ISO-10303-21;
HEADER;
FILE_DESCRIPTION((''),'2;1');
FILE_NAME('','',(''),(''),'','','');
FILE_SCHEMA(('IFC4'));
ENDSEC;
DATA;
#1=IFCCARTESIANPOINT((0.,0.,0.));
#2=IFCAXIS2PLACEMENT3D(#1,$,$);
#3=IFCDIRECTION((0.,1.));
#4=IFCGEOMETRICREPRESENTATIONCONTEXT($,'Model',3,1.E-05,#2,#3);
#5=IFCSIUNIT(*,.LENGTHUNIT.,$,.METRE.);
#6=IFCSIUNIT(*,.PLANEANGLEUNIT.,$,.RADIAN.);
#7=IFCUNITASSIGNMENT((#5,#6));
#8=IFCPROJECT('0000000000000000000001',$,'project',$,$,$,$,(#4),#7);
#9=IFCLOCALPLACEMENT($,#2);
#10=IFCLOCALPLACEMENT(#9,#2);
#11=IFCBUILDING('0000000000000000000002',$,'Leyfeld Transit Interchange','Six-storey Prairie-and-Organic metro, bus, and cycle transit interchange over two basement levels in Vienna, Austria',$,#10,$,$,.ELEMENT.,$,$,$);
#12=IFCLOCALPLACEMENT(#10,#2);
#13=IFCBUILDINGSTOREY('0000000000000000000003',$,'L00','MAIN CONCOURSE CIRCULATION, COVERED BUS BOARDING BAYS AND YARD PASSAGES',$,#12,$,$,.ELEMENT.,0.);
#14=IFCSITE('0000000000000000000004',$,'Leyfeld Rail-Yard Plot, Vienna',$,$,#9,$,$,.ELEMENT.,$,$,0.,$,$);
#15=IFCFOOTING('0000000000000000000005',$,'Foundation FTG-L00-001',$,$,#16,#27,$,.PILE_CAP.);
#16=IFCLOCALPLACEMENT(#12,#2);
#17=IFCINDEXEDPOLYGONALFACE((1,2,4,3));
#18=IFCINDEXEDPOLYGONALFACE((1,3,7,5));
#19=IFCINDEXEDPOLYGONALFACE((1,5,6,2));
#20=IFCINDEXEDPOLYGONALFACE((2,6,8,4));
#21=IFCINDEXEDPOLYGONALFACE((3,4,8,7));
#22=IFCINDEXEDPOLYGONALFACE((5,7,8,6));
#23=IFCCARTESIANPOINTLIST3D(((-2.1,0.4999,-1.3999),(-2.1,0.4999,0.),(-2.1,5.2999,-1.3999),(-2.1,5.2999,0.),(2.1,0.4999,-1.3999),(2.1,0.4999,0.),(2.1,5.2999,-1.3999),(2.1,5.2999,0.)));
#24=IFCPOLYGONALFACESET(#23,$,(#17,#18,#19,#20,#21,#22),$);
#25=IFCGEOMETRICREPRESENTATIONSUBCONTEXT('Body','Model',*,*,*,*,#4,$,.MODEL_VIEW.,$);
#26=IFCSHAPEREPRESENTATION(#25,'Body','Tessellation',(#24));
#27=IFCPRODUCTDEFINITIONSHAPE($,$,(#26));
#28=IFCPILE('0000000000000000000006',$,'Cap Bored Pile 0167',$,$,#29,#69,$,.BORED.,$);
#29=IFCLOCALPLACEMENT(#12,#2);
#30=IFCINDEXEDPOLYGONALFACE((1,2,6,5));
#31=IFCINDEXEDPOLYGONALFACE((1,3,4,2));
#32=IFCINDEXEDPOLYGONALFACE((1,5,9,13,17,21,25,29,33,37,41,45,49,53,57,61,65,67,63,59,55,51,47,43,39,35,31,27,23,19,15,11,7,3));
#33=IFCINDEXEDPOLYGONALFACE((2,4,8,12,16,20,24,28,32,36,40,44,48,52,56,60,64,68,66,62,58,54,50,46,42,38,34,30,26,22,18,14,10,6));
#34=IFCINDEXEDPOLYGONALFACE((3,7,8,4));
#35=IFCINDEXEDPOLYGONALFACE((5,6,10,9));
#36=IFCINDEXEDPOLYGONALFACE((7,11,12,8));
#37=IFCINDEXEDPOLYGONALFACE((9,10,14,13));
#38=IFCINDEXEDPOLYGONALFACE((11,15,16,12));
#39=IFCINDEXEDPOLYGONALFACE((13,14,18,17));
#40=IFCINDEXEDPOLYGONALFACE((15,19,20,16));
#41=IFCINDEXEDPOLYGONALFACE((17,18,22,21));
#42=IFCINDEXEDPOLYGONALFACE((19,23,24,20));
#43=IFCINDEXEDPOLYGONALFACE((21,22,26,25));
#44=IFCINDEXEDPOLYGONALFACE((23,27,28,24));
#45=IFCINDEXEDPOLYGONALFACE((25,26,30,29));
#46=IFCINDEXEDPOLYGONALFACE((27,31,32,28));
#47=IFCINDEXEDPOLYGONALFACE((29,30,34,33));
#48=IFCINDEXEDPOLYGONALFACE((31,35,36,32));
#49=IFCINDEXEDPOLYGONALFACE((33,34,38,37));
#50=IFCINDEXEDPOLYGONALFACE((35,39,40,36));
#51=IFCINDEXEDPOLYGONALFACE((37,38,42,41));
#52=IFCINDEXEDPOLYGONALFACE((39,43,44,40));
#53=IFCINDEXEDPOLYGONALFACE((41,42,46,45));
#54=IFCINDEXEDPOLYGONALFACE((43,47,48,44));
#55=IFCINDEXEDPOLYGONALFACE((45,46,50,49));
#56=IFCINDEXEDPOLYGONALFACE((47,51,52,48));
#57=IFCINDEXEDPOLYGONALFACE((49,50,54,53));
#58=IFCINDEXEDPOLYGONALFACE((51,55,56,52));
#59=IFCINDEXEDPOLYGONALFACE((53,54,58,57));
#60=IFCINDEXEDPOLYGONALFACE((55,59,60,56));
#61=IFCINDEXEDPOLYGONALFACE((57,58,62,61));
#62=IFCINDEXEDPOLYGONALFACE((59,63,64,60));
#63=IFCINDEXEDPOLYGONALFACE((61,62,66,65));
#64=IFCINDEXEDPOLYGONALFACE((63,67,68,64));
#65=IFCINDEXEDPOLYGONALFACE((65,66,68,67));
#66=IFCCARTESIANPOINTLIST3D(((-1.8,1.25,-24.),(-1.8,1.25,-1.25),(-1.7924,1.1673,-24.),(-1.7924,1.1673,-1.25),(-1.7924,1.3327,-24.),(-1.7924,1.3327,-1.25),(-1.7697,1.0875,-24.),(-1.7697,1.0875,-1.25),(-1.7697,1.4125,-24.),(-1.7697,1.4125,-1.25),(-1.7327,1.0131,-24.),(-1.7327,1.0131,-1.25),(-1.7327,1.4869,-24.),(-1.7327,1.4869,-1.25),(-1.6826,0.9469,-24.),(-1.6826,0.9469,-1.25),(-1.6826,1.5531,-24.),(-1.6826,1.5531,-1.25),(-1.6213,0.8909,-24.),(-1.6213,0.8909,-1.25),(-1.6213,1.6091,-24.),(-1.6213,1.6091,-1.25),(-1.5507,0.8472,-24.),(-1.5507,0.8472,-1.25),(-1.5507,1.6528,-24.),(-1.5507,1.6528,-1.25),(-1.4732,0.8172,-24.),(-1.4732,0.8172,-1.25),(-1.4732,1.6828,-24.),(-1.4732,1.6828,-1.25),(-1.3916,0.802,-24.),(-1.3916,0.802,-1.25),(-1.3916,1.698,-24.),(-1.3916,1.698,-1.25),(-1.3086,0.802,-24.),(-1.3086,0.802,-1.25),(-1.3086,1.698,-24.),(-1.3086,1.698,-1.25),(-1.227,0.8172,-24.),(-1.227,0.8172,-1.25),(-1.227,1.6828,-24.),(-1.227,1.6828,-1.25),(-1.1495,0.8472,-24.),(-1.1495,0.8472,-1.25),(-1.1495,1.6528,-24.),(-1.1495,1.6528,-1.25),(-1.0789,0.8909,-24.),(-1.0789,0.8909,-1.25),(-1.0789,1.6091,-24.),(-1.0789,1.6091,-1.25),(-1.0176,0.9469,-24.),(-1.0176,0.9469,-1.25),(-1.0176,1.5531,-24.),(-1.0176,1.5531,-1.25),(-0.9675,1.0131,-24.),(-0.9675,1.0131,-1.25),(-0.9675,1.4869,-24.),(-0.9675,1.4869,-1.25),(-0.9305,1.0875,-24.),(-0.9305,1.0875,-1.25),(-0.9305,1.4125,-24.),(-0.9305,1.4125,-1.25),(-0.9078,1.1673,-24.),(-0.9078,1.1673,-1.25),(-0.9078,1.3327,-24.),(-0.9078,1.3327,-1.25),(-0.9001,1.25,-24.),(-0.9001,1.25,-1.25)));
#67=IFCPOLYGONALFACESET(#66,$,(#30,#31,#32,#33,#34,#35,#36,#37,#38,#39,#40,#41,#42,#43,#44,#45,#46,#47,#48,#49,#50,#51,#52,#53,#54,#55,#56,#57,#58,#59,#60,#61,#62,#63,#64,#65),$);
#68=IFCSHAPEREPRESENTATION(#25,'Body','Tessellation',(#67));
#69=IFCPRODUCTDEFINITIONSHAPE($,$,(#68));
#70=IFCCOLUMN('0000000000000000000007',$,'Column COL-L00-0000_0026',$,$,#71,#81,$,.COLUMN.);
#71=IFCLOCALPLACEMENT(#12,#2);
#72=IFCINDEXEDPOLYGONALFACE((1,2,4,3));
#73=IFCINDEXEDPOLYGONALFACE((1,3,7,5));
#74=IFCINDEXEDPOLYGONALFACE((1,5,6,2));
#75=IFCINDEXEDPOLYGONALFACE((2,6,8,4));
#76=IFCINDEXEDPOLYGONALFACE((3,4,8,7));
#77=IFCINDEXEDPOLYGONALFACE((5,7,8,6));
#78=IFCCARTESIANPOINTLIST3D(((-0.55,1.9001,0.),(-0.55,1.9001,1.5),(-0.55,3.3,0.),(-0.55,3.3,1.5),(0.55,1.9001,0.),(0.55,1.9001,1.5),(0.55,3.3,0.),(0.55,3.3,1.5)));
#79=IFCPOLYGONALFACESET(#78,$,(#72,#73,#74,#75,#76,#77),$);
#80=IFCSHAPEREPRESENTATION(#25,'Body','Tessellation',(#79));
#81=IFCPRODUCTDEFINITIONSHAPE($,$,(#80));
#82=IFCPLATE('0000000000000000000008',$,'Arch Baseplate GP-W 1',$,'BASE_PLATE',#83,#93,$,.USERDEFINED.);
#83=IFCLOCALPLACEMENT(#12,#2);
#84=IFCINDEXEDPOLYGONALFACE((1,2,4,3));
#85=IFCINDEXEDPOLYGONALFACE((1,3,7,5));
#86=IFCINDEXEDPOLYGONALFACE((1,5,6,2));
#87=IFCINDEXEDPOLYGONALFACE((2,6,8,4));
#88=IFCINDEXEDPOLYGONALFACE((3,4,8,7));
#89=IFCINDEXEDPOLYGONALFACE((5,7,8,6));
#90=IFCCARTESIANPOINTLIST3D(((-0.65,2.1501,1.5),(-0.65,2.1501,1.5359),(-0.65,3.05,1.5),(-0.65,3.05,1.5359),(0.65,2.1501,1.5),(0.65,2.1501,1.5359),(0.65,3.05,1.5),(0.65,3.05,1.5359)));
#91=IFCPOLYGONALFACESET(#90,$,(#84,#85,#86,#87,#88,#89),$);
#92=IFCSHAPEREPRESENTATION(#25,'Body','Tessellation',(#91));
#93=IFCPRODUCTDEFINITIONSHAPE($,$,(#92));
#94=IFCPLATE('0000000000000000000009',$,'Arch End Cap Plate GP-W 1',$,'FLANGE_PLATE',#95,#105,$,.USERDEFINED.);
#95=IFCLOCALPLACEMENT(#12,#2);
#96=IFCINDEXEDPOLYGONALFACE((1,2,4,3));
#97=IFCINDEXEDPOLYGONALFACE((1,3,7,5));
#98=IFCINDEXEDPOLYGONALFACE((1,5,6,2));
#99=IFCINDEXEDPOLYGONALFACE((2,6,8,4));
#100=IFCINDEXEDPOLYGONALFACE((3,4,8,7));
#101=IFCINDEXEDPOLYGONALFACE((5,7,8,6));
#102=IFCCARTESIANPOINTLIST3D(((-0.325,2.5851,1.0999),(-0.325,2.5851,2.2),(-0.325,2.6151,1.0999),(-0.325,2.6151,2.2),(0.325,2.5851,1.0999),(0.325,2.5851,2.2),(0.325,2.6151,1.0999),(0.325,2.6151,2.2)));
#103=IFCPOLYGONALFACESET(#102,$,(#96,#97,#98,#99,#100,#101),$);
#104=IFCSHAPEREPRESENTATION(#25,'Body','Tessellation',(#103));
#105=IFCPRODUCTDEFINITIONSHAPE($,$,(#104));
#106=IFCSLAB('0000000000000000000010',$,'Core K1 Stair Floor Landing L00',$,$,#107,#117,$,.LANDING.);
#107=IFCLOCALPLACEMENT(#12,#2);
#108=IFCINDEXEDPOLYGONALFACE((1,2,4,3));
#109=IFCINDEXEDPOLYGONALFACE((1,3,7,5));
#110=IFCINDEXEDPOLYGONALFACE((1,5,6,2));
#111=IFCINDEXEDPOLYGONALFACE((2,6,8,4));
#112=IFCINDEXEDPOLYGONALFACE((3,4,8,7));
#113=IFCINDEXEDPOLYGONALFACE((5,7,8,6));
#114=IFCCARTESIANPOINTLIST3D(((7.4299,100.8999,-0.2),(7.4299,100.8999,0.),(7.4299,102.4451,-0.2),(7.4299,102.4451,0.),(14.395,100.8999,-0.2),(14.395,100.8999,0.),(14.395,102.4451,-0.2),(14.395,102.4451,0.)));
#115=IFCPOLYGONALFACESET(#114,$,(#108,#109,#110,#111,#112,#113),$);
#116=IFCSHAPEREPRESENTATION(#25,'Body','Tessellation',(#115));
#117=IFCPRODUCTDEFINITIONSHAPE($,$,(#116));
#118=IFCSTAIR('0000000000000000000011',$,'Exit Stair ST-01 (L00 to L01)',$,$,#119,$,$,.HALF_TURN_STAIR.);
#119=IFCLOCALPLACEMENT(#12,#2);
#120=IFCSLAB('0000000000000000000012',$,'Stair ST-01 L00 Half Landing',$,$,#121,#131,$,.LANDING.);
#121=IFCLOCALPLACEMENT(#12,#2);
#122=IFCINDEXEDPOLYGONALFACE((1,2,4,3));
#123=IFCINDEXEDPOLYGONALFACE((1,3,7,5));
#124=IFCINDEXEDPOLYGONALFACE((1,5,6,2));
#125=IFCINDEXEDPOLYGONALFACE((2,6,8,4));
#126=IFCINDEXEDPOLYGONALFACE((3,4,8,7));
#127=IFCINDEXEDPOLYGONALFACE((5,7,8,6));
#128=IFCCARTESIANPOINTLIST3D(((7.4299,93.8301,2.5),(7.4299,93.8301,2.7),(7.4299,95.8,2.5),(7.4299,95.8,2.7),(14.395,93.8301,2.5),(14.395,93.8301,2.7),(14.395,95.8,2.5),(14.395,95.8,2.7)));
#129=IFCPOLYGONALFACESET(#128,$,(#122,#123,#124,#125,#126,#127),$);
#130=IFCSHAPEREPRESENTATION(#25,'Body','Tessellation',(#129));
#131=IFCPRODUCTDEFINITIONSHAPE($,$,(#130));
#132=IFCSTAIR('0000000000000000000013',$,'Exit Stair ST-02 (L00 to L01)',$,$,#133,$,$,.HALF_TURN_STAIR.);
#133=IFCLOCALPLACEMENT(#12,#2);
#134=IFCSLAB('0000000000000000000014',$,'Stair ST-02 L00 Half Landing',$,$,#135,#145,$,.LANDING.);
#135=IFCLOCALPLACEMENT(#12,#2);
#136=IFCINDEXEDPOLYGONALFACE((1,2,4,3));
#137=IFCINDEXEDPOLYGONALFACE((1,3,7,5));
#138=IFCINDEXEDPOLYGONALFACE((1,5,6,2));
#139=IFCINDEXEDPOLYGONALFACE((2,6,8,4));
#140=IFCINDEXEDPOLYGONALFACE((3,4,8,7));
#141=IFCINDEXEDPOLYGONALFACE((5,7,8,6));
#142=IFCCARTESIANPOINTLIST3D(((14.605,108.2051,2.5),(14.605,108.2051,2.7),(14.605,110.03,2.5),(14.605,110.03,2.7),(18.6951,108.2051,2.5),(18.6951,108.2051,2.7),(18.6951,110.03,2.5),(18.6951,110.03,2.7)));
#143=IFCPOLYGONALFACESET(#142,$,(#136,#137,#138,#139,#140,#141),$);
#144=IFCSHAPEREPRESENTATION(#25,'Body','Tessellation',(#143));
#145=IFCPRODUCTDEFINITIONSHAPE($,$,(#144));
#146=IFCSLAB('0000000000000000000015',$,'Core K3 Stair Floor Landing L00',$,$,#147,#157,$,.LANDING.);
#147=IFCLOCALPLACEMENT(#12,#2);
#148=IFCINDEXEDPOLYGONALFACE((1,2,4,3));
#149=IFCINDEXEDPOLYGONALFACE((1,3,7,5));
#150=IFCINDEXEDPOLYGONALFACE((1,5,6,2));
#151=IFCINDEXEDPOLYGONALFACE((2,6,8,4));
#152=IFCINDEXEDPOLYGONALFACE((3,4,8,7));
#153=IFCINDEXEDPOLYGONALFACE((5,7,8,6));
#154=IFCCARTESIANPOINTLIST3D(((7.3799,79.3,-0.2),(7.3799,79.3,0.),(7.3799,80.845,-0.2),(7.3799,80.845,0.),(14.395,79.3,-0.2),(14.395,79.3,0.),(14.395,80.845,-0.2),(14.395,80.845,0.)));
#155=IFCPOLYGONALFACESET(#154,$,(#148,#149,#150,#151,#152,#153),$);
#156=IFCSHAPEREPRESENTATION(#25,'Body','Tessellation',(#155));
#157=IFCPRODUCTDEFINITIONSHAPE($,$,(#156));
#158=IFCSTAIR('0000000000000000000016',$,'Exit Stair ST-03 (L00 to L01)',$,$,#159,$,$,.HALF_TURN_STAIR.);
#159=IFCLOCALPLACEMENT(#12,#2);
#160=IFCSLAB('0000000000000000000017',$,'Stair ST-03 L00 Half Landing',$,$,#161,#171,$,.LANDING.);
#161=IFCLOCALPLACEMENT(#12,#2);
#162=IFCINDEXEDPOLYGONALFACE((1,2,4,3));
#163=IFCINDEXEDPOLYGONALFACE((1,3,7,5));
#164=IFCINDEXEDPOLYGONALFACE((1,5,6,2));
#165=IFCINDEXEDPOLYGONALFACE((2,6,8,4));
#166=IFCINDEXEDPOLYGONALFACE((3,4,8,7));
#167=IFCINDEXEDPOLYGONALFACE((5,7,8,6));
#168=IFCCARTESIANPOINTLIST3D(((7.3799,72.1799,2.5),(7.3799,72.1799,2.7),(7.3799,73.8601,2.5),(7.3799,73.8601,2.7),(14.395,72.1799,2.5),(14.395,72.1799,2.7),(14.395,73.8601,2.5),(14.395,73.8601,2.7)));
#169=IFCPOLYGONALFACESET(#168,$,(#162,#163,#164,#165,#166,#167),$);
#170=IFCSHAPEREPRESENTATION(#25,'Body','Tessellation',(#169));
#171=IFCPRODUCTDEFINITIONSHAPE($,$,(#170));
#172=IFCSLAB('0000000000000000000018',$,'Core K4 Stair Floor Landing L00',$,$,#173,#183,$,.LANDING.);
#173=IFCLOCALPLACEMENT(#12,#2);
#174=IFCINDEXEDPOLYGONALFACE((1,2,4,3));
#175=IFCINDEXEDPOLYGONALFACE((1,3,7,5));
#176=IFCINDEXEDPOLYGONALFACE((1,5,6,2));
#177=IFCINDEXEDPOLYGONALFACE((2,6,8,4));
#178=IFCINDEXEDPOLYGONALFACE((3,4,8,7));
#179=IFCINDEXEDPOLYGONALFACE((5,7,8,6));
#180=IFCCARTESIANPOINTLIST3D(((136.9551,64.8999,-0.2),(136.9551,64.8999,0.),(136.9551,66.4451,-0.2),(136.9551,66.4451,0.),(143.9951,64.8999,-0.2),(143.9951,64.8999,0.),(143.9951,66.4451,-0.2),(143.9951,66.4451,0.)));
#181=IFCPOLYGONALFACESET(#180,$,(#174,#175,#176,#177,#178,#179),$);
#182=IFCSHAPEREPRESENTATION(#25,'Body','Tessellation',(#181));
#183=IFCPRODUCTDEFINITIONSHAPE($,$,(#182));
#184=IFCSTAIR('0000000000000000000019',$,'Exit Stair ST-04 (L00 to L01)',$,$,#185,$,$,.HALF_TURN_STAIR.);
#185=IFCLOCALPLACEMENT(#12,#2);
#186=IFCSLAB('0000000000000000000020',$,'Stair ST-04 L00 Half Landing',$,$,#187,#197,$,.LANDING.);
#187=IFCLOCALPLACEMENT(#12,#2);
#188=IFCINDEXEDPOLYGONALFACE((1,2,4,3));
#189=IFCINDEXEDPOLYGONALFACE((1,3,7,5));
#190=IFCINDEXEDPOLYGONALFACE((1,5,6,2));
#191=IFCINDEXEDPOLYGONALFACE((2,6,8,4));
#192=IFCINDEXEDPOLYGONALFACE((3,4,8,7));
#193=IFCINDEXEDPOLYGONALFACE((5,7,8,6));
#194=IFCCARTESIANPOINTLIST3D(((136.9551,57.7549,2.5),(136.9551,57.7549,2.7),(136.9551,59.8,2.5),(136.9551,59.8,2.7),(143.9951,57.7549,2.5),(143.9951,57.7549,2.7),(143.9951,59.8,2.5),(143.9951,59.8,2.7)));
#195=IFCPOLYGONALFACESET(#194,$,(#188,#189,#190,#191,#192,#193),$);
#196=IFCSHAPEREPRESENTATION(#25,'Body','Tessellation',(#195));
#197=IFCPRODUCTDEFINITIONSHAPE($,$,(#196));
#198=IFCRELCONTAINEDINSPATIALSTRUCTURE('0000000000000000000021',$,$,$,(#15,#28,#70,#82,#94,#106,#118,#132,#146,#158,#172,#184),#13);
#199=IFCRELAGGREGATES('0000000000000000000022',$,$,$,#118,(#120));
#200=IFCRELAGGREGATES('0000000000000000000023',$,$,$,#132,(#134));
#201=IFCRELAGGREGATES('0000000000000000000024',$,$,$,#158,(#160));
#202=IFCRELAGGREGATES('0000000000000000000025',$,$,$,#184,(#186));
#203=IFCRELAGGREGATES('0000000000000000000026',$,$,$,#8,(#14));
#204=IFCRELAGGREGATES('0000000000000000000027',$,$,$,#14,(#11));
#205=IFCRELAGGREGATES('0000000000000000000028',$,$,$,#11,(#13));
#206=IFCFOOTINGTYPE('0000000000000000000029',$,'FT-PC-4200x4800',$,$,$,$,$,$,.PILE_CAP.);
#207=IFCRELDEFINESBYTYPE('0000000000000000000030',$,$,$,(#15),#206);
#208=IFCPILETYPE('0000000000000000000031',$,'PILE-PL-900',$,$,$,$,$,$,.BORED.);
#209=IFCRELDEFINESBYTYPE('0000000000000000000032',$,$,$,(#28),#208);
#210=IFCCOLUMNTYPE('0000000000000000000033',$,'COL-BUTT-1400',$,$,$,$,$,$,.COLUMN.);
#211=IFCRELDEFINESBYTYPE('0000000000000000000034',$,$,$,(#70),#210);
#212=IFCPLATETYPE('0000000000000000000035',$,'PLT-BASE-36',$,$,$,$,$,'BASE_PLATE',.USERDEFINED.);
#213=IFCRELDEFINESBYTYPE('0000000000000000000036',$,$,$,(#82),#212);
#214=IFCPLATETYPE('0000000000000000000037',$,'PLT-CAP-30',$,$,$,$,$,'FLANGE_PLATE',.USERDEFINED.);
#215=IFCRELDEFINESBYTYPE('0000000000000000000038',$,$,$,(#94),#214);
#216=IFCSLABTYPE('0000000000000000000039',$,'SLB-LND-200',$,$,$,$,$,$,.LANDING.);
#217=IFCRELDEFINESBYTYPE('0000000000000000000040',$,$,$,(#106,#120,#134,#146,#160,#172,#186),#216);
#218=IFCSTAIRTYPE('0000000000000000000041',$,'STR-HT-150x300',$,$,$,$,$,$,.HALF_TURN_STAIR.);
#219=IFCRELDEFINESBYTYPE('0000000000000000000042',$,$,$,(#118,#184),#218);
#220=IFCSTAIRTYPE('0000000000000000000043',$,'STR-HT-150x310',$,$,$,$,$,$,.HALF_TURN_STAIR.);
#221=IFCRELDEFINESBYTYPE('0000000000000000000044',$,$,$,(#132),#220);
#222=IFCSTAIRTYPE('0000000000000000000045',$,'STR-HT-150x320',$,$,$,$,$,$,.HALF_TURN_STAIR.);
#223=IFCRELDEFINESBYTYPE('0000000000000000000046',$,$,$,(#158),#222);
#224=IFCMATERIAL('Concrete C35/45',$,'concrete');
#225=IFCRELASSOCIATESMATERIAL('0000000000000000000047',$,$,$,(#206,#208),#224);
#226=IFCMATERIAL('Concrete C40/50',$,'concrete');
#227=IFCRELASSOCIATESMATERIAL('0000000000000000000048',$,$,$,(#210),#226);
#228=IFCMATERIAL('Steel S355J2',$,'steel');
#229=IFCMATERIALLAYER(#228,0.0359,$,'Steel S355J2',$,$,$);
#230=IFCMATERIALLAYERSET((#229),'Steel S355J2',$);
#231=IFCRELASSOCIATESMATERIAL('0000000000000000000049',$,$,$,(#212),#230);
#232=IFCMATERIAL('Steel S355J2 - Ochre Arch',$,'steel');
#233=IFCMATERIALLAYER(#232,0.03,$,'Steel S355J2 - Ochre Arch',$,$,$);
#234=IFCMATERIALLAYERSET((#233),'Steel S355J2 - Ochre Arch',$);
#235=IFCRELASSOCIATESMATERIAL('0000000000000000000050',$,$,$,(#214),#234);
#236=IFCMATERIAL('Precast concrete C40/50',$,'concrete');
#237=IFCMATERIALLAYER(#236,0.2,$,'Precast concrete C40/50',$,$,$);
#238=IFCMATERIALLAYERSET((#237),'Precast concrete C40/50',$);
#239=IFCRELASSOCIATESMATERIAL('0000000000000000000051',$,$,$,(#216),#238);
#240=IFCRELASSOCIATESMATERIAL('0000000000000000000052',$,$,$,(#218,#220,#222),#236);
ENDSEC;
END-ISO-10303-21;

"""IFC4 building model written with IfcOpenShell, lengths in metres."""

from ifc_helpers import new_model, si_unit, direction, frame, origin, origin_2d, place, context, subcontext, project, spatial, polyline, rectangle, circle, outline, extrude, material, layer, layer_set, material_profile, profile_set, type_object, element, aggregate, save


model = new_model("IFC4")

# Units and contexts
model_context = context("Model", 3, precision=1e-05, world=origin(), true_north=direction((0.0, 1.0)))
body_context = subcontext(model_context, "Body", "Model", "MODEL_VIEW")
ifc_project = project(units=[si_unit("LENGTHUNIT", "METRE"), si_unit("PLANEANGLEUNIT", "RADIAN")], contexts=[model_context])

# Site, building, storey
site_placement = place(None, origin())
site = spatial("IfcSite", under=ifc_project, at=site_placement, Name="Leyfeld Rail-Yard Plot, Vienna", CompositionType="ELEMENT", RefElevation=0.0)
building_placement = place(site_placement, origin())
building = spatial("IfcBuilding", under=site, at=building_placement, Name="Leyfeld Transit Interchange", Description="Six-storey Prairie-and-Organic metro, bus, and cycle transit interchange over two basement levels in Vienna, Austria", CompositionType="ELEMENT")
storey_placement = place(building_placement, origin())
storey = spatial("IfcBuildingStorey", under=building, at=storey_placement, Name="L00", Description="MAIN CONCOURSE CIRCULATION, COVERED BUS BOARDING BAYS AND YARD PASSAGES", CompositionType="ELEMENT", Elevation=0.0)

# Footing
ifc_material_1 = material(Name="Concrete C35/45", Category="concrete")
footing_type = type_object("IfcFootingType", Name="FT-PC-4200x4800", PredefinedType="PILE_CAP", material=ifc_material_1)
footing_placement = place(storey_placement, frame((0.0, 2.8999, -1.3999), z_axis=(0.0, 0.0, 1.0), x_axis=(1.0, 0.0, 0.0)))
element("IfcFooting", 1, at=footing_placement, inside=storey, type_object=footing_type, Name="Foundation FTG-L00-001", PredefinedType="PILE_CAP", context=body_context, shape_type="SweptSolid", body=[
    extrude(rectangle(XDim=4.2, YDim=4.8, at=origin_2d()), origin(), (0.0, 0.0, 1.0), 1.3999),
])

# Pile
ifc_material_profile_1 = material_profile(ifc_material_1, circle(Radius=0.45, at=origin_2d()), Name="PILE D900")
ifc_profile_set_1 = profile_set([ifc_material_profile_1], Name="Concrete C35/45")
pile_type = type_object("IfcPileType", Name="PILE-PL-900", PredefinedType="BORED", material=ifc_profile_set_1)
pile_placement = place(storey_placement, frame((-1.3501, 1.25, -1.25), z_axis=(0.0, 0.0, -1.0), x_axis=(1.0, 0.0, 0.0)))
element("IfcPile", 2, at=pile_placement, inside=storey, type_object=pile_type, Name="Cap Bored Pile 0167", PredefinedType="BORED", context=body_context, shape_type="SweptSolid", body=[
    extrude(circle(Radius=0.45, at=origin_2d()), origin(), (0.0, 0.0, 1.0), 22.75),
])

# Column
ifc_material_2 = material(Name="Concrete C40/50", Category="concrete")
ifc_material_profile_2 = material_profile(ifc_material_2, rectangle(XDim=1.1001, YDim=1.3999, at=origin_2d()), Name="RC 1400x1100")
ifc_profile_set_2 = profile_set([ifc_material_profile_2], Name="Concrete C40/50")
column_type = type_object("IfcColumnType", Name="COL-BUTT-1400", PredefinedType="COLUMN", material=ifc_profile_set_2)
column_placement = place(storey_placement, frame((0.0, 2.6001, 0.0), z_axis=(0.0, 0.0, 1.0), x_axis=(1.0, 0.0, 0.0)))
element("IfcColumn", 3, at=column_placement, inside=storey, type_object=column_type, Name="Column COL-L00-0000_0026", PredefinedType="COLUMN", context=body_context, shape_type="SweptSolid", body=[
    extrude(rectangle(XDim=1.1001, YDim=1.3999, at=origin_2d()), origin(), (0.0, 0.0, 1.0), 1.5),
])

# Plates
ifc_material_3 = material(Name="Steel S355J2", Category="steel")
ifc_layer_1 = layer(ifc_material_3, 0.0359, Name="Steel S355J2")
ifc_layer_set_1 = layer_set([ifc_layer_1], Name="Steel S355J2")
plate_type_1 = type_object("IfcPlateType", Name="PLT-BASE-36", ElementType="BASE_PLATE", PredefinedType="USERDEFINED", material=ifc_layer_set_1)
plate_1_placement = place(storey_placement, frame((0.0, 2.6001, 1.5), z_axis=(0.0, 0.0, 1.0), x_axis=(1.0, 0.0, 0.0)))
element("IfcPlate", 4, at=plate_1_placement, inside=storey, type_object=plate_type_1, Name="Arch Baseplate GP-W 1", ObjectType="BASE_PLATE", PredefinedType="USERDEFINED", context=body_context, shape_type="SweptSolid", body=[
    extrude(rectangle(XDim=1.3, YDim=0.8999, at=origin_2d()), origin(), (0.0, 0.0, 1.0), 0.0359),
])
ifc_material_4 = material(Name="Steel S355J2 - Ochre Arch", Category="steel")
ifc_layer_2 = layer(ifc_material_4, 0.03, Name="Steel S355J2 - Ochre Arch")
ifc_layer_set_2 = layer_set([ifc_layer_2], Name="Steel S355J2 - Ochre Arch")
plate_type_2 = type_object("IfcPlateType", Name="PLT-CAP-30", ElementType="FLANGE_PLATE", PredefinedType="USERDEFINED", material=ifc_layer_set_2)
plate_2_placement = place(storey_placement, frame((0.0, 2.6001, 1.0999), z_axis=(0.0, 0.0, 1.0), x_axis=(1.0, 0.0, 0.0)))
element("IfcPlate", 5, at=plate_2_placement, inside=storey, type_object=plate_type_2, Name="Arch End Cap Plate GP-W 1", ObjectType="FLANGE_PLATE", PredefinedType="USERDEFINED", context=body_context, shape_type="SweptSolid", body=[
    extrude(rectangle(XDim=0.6499, YDim=0.03, at=origin_2d()), origin(), (0.0, 0.0, 1.0), 1.1001),
])

# Slab
ifc_material_5 = material(Name="Precast concrete C40/50", Category="concrete")
ifc_layer_3 = layer(ifc_material_5, 0.2, Name="Precast concrete C40/50")
ifc_layer_set_3 = layer_set([ifc_layer_3], Name="Precast concrete C40/50")
slab_type_1 = type_object("IfcSlabType", Name="SLB-LND-200", PredefinedType="LANDING", material=ifc_layer_set_3)
slab_1_placement = place(storey_placement, frame((0.0, 0.0, -0.2)))
element("IfcSlab", 6, at=slab_1_placement, inside=storey, type_object=slab_type_1, Name="Core K1 Stair Floor Landing L00", PredefinedType="LANDING", context=body_context, shape_type="SweptSolid", body=[
    extrude(outline(polyline([(7.4299, 100.8999), (14.395, 100.8999), (14.395, 102.4451), (7.4299, 102.4451), (7.4299, 100.8999)])), origin(), (0.0, 0.0, 1.0), 0.2),
])

# Stairs, slabs
stair_type_1 = type_object("IfcStairType", Name="STR-HT-150x300", PredefinedType="HALF_TURN_STAIR", material=ifc_material_5)
stair_1_placement = place(storey_placement, origin())
stair_1 = element("IfcStair", 7, at=stair_1_placement, inside=storey, type_object=stair_type_1, Name="Exit Stair ST-01 (L00 to L01)", PredefinedType="HALF_TURN_STAIR")
slab_2_placement = place(storey_placement, frame((0.0, 0.0, 2.5)))
slab_2 = element("IfcSlab", 8, at=slab_2_placement, type_object=slab_type_1, Name="Stair ST-01 L00 Half Landing", PredefinedType="LANDING", context=body_context, shape_type="SweptSolid", body=[
    extrude(outline(polyline([(7.4299, 93.8301), (14.395, 93.8301), (14.395, 95.8), (7.4299, 95.8), (7.4299, 93.8301)])), origin(), (0.0, 0.0, 1.0), 0.2),
])
aggregate(stair_1, [slab_2])
stair_type_2 = type_object("IfcStairType", Name="STR-HT-150x310", PredefinedType="HALF_TURN_STAIR", material=ifc_material_5)
stair_2_placement = place(storey_placement, origin())
stair_2 = element("IfcStair", 9, at=stair_2_placement, inside=storey, type_object=stair_type_2, Name="Exit Stair ST-02 (L00 to L01)", PredefinedType="HALF_TURN_STAIR")
slab_3_placement = place(storey_placement, frame((0.0, 0.0, 2.5)))
slab_3 = element("IfcSlab", 10, at=slab_3_placement, type_object=slab_type_1, Name="Stair ST-02 L00 Half Landing", PredefinedType="LANDING", context=body_context, shape_type="SweptSolid", body=[
    extrude(outline(polyline([(14.605, 108.2051), (18.6951, 108.2051), (18.6951, 110.03), (14.605, 110.03), (14.605, 108.2051)])), origin(), (0.0, 0.0, 1.0), 0.2),
])
aggregate(stair_2, [slab_3])

# Slab
slab_4_placement = place(storey_placement, frame((0.0, 0.0, -0.2)))
element("IfcSlab", 11, at=slab_4_placement, inside=storey, type_object=slab_type_1, Name="Core K3 Stair Floor Landing L00", PredefinedType="LANDING", context=body_context, shape_type="SweptSolid", body=[
    extrude(outline(polyline([(7.3799, 79.3), (14.395, 79.3), (14.395, 80.845), (7.3799, 80.845), (7.3799, 79.3)])), origin(), (0.0, 0.0, 1.0), 0.2),
])

# Stair, slab
stair_type_3 = type_object("IfcStairType", Name="STR-HT-150x320", PredefinedType="HALF_TURN_STAIR", material=ifc_material_5)
stair_3_placement = place(storey_placement, origin())
stair_3 = element("IfcStair", 12, at=stair_3_placement, inside=storey, type_object=stair_type_3, Name="Exit Stair ST-03 (L00 to L01)", PredefinedType="HALF_TURN_STAIR")
slab_5_placement = place(storey_placement, frame((0.0, 0.0, 2.5)))
slab_5 = element("IfcSlab", 13, at=slab_5_placement, type_object=slab_type_1, Name="Stair ST-03 L00 Half Landing", PredefinedType="LANDING", context=body_context, shape_type="SweptSolid", body=[
    extrude(outline(polyline([(7.3799, 72.1799), (14.395, 72.1799), (14.395, 73.8601), (7.3799, 73.8601), (7.3799, 72.1799)])), origin(), (0.0, 0.0, 1.0), 0.2),
])
aggregate(stair_3, [slab_5])

# Slab
slab_6_placement = place(storey_placement, frame((0.0, 0.0, -0.2)))
element("IfcSlab", 14, at=slab_6_placement, inside=storey, type_object=slab_type_1, Name="Core K4 Stair Floor Landing L00", PredefinedType="LANDING", context=body_context, shape_type="SweptSolid", body=[
    extrude(outline(polyline([(136.9551, 64.8999), (143.9951, 64.8999), (143.9951, 66.4451), (136.9551, 66.4451), (136.9551, 64.8999)])), origin(), (0.0, 0.0, 1.0), 0.2),
])

# Stair, slab
stair_4_placement = place(storey_placement, origin())
stair_4 = element("IfcStair", 15, at=stair_4_placement, inside=storey, type_object=stair_type_1, Name="Exit Stair ST-04 (L00 to L01)", PredefinedType="HALF_TURN_STAIR")
slab_7_placement = place(storey_placement, frame((0.0, 0.0, 2.5)))
slab_7 = element("IfcSlab", 16, at=slab_7_placement, type_object=slab_type_1, Name="Stair ST-04 L00 Half Landing", PredefinedType="LANDING", context=body_context, shape_type="SweptSolid", body=[
    extrude(outline(polyline([(136.9551, 57.7549), (143.9951, 57.7549), (143.9951, 59.8), (136.9551, 59.8), (136.9551, 57.7549)])), origin(), (0.0, 0.0, 1.0), 0.2),
])
aggregate(stair_4, [slab_7])

save(model, "model.ifc")
